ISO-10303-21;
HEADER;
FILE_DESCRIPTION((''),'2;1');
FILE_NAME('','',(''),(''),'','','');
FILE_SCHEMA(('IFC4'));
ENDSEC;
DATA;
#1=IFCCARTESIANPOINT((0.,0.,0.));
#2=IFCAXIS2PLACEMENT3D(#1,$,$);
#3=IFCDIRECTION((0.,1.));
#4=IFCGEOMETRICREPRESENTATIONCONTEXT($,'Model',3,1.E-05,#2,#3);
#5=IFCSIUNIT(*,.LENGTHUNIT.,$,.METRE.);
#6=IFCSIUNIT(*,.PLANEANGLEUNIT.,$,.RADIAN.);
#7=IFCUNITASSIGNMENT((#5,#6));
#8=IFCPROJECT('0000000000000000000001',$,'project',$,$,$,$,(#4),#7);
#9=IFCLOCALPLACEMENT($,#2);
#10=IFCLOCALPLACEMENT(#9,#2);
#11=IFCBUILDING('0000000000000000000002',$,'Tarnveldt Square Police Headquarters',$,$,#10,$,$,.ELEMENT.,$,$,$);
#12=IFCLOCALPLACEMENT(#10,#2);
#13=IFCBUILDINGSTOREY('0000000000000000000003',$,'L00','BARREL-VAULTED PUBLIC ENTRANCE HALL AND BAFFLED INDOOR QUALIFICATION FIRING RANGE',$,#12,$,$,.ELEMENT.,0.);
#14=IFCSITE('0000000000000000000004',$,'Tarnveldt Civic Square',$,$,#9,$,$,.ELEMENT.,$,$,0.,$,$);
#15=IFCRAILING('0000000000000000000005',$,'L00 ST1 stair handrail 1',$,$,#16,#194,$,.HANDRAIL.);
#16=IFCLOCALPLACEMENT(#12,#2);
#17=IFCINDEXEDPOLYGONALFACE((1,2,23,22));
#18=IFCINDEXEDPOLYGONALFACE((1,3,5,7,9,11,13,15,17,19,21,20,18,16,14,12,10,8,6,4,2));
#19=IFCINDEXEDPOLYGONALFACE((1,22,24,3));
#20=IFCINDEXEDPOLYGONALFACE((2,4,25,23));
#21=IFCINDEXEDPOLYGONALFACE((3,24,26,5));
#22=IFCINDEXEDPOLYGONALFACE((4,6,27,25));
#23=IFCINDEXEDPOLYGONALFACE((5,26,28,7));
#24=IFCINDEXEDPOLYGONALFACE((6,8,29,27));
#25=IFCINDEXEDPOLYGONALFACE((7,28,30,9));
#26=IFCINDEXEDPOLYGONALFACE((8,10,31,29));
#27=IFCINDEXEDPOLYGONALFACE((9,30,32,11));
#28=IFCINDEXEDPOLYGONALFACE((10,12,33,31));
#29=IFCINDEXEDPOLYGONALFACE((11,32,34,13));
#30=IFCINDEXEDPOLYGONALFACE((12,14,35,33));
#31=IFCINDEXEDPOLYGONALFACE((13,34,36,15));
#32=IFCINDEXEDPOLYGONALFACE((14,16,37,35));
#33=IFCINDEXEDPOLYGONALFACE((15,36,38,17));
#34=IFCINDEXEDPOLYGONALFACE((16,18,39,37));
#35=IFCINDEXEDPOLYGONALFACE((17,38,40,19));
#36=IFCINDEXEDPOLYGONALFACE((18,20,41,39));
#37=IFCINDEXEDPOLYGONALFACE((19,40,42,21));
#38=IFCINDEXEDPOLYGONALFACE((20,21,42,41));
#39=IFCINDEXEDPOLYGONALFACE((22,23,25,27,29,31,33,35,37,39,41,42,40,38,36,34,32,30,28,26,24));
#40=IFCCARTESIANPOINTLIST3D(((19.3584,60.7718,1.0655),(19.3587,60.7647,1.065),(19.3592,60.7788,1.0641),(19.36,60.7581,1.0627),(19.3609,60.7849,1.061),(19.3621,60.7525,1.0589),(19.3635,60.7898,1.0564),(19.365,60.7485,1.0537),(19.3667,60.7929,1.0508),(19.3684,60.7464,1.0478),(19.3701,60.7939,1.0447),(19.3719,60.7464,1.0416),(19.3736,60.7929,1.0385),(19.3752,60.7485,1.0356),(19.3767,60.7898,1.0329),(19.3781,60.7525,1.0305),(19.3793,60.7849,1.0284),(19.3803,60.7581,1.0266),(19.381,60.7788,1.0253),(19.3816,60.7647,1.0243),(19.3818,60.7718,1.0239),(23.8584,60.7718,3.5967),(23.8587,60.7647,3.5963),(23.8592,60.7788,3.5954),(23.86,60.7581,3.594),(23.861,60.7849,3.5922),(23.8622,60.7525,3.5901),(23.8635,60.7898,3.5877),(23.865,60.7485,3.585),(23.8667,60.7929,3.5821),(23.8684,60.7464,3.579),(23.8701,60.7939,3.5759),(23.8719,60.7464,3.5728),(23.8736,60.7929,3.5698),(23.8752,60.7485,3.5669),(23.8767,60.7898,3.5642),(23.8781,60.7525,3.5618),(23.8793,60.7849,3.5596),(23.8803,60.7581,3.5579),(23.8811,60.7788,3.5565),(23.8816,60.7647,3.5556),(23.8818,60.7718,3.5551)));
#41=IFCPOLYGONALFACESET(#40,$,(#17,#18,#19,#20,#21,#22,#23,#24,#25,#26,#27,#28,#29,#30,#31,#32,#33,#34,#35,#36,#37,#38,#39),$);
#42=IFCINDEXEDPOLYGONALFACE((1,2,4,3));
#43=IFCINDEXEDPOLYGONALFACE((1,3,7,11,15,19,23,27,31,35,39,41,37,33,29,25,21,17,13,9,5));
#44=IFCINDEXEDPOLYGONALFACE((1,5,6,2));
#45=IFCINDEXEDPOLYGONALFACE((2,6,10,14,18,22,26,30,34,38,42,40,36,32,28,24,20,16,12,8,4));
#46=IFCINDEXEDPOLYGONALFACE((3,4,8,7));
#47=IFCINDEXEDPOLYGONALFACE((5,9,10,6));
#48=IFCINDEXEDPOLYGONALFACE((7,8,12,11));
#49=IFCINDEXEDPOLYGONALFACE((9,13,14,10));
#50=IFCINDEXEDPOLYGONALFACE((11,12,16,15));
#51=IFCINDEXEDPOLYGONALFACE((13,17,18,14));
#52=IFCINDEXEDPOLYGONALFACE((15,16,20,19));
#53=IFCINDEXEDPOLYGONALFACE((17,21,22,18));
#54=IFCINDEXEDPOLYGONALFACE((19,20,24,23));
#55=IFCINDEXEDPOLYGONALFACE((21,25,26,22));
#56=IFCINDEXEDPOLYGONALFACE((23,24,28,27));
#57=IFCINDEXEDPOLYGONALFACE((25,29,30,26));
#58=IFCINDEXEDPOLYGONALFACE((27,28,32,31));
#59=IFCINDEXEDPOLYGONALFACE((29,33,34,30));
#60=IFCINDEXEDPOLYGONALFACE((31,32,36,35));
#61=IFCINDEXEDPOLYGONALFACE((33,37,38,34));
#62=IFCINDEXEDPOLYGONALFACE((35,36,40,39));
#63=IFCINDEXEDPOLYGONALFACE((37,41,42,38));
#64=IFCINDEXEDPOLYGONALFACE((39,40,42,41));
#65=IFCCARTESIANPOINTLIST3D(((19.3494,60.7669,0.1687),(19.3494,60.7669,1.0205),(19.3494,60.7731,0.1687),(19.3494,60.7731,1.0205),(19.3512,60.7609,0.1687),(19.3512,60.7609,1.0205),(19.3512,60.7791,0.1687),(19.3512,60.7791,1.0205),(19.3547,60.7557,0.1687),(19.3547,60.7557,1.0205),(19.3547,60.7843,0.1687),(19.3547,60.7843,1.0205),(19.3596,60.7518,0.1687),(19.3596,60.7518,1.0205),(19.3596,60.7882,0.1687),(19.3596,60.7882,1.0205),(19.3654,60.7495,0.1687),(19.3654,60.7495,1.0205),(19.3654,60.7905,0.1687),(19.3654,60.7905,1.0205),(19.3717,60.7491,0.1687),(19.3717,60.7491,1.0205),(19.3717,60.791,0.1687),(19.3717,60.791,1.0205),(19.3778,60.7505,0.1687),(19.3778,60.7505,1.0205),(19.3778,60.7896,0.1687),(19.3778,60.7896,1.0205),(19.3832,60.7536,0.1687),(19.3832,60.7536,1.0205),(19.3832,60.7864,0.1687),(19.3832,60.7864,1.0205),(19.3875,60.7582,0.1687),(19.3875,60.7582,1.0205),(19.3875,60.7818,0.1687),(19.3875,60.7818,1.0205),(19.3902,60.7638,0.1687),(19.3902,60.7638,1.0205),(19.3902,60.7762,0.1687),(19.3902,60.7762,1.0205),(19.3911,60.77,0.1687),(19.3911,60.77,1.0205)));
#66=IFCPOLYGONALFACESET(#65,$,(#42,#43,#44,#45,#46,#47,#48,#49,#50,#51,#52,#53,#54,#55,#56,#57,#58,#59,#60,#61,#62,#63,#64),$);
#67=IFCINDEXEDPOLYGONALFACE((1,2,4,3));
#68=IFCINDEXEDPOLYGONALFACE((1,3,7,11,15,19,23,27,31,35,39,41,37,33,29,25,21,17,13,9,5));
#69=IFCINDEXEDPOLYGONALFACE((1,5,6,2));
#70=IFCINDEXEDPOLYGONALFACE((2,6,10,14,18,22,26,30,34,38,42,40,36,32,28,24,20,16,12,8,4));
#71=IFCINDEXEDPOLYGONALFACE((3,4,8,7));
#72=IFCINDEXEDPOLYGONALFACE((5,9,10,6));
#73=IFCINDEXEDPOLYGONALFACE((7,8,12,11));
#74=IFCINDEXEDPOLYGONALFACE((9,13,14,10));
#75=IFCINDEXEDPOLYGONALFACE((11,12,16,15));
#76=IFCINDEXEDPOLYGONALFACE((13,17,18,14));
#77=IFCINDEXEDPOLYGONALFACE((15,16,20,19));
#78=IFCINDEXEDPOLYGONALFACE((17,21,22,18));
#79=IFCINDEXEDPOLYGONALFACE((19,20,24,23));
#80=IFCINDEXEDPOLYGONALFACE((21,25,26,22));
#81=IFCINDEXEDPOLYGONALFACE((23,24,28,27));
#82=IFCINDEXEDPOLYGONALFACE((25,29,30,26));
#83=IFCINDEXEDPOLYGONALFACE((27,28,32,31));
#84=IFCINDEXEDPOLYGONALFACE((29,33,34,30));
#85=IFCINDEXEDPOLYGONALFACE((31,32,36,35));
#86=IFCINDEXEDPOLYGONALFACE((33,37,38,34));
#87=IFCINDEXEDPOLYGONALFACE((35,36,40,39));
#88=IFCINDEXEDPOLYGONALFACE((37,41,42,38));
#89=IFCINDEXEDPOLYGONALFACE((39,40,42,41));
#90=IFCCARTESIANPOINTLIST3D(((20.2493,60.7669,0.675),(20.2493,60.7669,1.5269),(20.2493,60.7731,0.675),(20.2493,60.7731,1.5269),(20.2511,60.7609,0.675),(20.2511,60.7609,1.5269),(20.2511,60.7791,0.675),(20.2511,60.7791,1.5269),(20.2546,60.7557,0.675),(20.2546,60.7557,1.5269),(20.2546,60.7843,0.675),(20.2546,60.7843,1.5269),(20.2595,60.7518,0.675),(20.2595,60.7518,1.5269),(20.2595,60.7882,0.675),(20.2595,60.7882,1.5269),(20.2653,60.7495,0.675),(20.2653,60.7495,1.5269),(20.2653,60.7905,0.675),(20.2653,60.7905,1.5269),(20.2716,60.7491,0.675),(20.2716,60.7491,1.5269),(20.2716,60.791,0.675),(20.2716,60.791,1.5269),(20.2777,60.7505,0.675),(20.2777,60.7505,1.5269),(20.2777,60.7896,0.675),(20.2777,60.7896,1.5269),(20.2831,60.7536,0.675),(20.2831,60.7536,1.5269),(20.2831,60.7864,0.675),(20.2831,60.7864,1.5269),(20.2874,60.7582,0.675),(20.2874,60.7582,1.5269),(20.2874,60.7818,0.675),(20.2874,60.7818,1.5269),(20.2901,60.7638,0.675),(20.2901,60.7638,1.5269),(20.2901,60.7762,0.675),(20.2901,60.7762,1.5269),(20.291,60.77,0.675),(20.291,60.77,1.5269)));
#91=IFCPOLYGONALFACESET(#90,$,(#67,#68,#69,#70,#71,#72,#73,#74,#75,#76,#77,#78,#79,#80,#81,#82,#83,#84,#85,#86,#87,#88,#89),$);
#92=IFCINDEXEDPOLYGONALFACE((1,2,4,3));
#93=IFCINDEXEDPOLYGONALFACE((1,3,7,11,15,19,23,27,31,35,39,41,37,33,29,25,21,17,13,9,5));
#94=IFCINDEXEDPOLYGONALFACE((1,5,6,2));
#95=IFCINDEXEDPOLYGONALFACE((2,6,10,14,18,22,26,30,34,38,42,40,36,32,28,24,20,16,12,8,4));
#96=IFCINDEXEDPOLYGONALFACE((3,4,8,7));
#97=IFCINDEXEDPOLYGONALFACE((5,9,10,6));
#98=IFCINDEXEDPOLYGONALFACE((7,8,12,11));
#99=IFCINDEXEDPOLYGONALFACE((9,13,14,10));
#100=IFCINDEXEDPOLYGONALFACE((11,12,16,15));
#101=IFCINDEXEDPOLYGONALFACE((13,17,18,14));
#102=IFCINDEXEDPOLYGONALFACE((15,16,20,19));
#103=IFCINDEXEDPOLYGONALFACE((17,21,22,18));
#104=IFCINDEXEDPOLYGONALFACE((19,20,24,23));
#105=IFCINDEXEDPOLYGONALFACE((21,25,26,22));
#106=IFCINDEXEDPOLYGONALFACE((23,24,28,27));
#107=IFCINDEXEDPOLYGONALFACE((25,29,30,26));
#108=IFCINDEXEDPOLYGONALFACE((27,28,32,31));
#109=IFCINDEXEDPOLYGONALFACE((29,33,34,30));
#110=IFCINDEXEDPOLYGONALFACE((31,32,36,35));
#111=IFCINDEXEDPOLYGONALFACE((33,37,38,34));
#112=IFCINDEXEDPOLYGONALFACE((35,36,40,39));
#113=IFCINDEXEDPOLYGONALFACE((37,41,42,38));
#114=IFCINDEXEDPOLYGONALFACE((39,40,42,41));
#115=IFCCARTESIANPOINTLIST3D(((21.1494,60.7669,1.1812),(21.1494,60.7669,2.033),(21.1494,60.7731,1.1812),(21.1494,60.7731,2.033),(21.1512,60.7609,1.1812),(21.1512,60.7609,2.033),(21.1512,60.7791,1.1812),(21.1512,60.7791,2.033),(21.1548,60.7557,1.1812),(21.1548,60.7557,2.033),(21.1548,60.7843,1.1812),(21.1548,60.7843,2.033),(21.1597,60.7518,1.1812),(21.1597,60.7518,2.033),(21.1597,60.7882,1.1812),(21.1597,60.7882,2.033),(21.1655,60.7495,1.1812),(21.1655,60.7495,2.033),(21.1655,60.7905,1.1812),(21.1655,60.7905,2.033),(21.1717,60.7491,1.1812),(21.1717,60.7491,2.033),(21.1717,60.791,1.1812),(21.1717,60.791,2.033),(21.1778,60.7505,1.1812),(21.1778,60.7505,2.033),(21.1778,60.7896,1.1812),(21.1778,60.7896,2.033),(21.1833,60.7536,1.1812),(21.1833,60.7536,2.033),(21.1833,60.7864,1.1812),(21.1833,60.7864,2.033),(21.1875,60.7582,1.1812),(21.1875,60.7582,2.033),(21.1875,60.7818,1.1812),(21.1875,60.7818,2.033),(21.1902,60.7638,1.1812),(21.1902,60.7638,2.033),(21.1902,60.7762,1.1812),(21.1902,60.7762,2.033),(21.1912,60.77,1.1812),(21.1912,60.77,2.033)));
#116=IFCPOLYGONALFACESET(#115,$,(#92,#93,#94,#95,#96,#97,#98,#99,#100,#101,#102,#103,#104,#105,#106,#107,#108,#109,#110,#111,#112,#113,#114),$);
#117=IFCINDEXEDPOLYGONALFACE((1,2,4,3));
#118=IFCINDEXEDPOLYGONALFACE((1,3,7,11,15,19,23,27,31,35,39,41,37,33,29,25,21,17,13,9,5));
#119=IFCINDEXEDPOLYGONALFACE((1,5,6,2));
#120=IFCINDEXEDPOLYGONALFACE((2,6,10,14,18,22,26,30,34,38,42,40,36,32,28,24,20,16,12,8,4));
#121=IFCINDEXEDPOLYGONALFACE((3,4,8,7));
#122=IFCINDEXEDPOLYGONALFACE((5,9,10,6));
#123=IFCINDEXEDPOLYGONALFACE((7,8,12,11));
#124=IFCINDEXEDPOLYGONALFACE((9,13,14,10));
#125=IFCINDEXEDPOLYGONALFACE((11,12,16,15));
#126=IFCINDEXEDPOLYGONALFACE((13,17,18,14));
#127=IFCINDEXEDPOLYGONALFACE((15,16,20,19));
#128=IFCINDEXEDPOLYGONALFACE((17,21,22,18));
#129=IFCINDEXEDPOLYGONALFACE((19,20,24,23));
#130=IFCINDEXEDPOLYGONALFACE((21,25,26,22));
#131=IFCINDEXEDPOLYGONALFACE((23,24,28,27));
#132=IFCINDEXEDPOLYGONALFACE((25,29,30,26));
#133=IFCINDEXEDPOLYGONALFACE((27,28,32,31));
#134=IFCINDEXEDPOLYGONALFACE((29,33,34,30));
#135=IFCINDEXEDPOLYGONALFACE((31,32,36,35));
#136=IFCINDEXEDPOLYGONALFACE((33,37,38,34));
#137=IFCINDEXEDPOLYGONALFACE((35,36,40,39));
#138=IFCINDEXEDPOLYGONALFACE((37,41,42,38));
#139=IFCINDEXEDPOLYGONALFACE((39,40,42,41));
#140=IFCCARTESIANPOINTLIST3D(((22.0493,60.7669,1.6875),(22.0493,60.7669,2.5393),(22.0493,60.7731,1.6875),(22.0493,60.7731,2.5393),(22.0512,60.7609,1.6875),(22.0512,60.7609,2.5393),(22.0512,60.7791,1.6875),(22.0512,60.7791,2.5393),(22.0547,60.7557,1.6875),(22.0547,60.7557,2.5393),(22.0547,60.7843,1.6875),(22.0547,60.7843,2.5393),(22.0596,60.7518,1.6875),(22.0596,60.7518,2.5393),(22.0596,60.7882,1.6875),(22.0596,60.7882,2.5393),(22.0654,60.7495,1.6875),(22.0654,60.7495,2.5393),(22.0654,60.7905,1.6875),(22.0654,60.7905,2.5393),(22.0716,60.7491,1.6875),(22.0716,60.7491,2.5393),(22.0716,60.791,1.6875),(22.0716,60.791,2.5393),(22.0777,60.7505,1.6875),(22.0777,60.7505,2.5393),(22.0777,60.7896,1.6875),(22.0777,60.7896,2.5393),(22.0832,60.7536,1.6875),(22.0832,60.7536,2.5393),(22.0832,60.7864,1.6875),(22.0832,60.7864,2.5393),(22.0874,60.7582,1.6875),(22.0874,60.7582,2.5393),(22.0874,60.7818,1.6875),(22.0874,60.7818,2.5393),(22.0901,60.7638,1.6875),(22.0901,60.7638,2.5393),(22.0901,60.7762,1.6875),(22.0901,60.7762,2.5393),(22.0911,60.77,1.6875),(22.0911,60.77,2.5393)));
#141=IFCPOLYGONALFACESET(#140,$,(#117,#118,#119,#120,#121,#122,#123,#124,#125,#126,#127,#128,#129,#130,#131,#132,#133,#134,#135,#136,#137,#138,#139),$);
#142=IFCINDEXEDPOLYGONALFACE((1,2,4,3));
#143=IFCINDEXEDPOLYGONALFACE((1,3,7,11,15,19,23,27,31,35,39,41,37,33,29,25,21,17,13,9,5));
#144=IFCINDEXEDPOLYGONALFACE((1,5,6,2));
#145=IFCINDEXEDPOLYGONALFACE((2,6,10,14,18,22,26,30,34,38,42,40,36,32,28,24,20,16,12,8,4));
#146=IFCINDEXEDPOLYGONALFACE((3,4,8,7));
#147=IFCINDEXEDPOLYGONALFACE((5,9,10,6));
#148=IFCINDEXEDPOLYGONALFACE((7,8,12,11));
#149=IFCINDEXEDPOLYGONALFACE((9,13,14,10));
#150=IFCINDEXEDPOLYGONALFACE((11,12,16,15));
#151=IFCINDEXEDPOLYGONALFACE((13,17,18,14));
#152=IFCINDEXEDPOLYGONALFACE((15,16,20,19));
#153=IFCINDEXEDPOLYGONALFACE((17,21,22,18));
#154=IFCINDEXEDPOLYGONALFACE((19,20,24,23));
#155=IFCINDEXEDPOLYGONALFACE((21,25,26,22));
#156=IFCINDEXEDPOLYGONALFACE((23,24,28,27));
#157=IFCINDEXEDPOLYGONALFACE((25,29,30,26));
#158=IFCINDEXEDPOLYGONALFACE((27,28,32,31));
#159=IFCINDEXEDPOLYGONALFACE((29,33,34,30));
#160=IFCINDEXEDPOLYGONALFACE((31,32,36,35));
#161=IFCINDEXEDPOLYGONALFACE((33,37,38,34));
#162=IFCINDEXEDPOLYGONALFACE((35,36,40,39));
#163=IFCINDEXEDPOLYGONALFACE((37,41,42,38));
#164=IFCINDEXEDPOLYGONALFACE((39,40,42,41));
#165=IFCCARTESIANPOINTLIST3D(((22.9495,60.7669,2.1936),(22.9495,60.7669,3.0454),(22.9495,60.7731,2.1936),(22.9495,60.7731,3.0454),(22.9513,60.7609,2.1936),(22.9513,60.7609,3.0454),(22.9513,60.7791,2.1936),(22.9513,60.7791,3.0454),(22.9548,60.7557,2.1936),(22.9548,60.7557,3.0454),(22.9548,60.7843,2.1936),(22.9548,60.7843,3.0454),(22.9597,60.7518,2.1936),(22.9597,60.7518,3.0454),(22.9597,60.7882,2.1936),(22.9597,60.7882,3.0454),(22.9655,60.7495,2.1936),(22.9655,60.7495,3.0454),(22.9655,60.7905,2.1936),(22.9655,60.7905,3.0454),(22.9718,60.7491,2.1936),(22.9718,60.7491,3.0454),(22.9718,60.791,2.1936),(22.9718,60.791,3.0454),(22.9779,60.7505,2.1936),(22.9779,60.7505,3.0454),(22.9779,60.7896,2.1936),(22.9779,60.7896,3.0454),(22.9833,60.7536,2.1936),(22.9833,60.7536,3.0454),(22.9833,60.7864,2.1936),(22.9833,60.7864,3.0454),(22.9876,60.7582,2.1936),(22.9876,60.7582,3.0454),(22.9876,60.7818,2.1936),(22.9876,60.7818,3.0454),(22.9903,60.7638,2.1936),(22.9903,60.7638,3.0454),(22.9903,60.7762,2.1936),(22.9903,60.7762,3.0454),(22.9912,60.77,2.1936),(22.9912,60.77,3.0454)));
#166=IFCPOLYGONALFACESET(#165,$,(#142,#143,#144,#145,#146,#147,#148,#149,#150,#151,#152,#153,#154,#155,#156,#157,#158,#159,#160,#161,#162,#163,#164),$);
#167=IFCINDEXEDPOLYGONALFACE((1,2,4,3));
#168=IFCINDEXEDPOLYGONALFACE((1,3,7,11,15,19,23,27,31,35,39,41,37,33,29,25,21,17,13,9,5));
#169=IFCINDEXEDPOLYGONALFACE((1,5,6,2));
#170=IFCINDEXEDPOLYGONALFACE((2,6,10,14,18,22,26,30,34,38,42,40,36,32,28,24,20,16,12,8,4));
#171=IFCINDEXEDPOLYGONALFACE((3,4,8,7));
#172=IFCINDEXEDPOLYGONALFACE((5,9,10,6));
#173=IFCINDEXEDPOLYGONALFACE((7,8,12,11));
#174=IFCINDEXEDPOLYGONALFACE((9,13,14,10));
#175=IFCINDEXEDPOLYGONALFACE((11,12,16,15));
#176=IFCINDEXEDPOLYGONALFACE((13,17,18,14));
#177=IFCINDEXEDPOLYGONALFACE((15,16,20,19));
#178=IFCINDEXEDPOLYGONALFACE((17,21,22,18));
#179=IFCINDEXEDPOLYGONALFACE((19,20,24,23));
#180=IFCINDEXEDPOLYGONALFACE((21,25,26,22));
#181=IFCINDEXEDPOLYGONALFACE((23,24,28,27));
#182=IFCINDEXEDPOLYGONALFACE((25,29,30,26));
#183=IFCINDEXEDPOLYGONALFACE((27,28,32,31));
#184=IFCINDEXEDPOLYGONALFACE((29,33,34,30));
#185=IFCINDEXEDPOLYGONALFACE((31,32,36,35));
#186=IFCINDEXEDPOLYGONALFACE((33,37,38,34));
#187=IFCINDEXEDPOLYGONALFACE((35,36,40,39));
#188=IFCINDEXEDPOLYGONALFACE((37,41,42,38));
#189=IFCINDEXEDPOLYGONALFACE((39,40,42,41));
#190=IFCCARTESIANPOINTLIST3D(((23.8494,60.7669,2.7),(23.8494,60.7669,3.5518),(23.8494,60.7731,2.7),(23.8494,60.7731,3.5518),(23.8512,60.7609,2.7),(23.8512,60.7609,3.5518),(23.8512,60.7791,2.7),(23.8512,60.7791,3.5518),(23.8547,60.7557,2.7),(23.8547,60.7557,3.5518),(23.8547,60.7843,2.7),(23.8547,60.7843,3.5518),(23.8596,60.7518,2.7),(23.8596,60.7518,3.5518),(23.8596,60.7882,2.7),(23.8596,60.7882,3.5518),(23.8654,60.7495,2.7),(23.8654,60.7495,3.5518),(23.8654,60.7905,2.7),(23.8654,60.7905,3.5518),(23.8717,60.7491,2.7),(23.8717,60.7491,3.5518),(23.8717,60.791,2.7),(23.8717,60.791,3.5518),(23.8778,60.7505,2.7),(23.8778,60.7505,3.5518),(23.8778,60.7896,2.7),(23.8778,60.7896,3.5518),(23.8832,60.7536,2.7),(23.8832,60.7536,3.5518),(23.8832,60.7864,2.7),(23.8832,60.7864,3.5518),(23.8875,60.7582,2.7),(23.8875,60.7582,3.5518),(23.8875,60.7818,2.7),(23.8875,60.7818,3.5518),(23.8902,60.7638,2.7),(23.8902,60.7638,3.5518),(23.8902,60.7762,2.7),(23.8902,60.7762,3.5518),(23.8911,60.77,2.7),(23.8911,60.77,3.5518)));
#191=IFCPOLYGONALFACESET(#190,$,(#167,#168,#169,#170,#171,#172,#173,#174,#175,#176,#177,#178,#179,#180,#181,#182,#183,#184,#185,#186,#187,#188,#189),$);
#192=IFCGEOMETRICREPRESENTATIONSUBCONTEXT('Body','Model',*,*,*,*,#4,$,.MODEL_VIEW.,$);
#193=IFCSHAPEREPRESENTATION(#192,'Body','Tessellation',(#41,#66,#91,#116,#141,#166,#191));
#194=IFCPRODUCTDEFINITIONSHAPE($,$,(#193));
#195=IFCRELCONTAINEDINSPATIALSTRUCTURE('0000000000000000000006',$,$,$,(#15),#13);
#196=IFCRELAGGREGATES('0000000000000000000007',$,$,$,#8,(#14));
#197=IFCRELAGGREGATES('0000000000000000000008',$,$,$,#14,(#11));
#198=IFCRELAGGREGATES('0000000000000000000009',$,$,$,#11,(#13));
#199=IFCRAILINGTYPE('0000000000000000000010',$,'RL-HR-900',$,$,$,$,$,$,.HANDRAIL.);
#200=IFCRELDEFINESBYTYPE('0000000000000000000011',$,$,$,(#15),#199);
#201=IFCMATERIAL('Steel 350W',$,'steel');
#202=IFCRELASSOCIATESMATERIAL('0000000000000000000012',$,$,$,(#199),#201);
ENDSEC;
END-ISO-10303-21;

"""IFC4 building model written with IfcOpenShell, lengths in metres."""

from ifc_helpers import new_model, si_unit, direction, frame, origin, origin_2d, place, context, subcontext, project, spatial, circle, extrude, material, type_object, element, save


model = new_model("IFC4")

# Units and contexts
model_context = context("Model", 3, precision=1e-05, world=origin(), true_north=direction((0.0, 1.0)))
body_context = subcontext(model_context, "Body", "Model", "MODEL_VIEW")
ifc_project = project(units=[si_unit("LENGTHUNIT", "METRE"), si_unit("PLANEANGLEUNIT", "RADIAN")], contexts=[model_context])

# Site, building, storey
site_placement = place(None, origin())
site = spatial("IfcSite", under=ifc_project, at=site_placement, Name="Tarnveldt Civic Square", CompositionType="ELEMENT", RefElevation=0.0)
building_placement = place(site_placement, origin())
building = spatial("IfcBuilding", under=site, at=building_placement, Name="Tarnveldt Square Police Headquarters", CompositionType="ELEMENT")
storey_placement = place(building_placement, origin())
storey = spatial("IfcBuildingStorey", under=building, at=storey_placement, Name="L00", Description="BARREL-VAULTED PUBLIC ENTRANCE HALL AND BAFFLED INDOOR QUALIFICATION FIRING RANGE", CompositionType="ELEMENT", Elevation=0.0)

# Shared definitions
ifc_material_1 = material(Name="Steel 350W", Category="steel")

# Railing
railing_type_1 = type_object("IfcRailingType", Name="RL-HR-900", PredefinedType="HANDRAIL", material=ifc_material_1)
railing_1_placement = place(storey_placement, frame((19.3701, 60.77, 0.1687)))
element("IfcRailing", 1, at=railing_1_placement, inside=storey, type_object=railing_type_1, Name="L00 ST1 stair handrail 1", PredefinedType="HANDRAIL", context=body_context, shape_type="SweptSolid", body=[
    extrude(circle(Radius=0.0239, at=origin_2d()), frame((0.0, 0.0, 0.876), z_axis=(0.871576, 0.0, 0.490261), x_axis=(0.0, 1.0, 0.0)), (0.0, 0.0, 1.0), 5.1631),
    extrude(circle(Radius=0.021, at=origin_2d()), origin(), (0.0, 0.0, 1.0), 0.8518),
    extrude(circle(Radius=0.021, at=origin_2d()), frame((0.8999, 0.0, 0.5063)), (0.0, 0.0, 1.0), 0.8518),
    extrude(circle(Radius=0.021, at=origin_2d()), frame((1.8, 0.0, 1.0125)), (0.0, 0.0, 1.0), 0.8518),
    extrude(circle(Radius=0.021, at=origin_2d()), frame((2.7, 0.0, 1.5188)), (0.0, 0.0, 1.0), 0.8518),
    extrude(circle(Radius=0.021, at=origin_2d()), frame((3.6001, 0.0, 2.0249)), (0.0, 0.0, 1.0), 0.8518),
    extrude(circle(Radius=0.021, at=origin_2d()), frame((4.5, 0.0, 2.5312)), (0.0, 0.0, 1.0), 0.8518),
])

save(model, "model.ifc")
